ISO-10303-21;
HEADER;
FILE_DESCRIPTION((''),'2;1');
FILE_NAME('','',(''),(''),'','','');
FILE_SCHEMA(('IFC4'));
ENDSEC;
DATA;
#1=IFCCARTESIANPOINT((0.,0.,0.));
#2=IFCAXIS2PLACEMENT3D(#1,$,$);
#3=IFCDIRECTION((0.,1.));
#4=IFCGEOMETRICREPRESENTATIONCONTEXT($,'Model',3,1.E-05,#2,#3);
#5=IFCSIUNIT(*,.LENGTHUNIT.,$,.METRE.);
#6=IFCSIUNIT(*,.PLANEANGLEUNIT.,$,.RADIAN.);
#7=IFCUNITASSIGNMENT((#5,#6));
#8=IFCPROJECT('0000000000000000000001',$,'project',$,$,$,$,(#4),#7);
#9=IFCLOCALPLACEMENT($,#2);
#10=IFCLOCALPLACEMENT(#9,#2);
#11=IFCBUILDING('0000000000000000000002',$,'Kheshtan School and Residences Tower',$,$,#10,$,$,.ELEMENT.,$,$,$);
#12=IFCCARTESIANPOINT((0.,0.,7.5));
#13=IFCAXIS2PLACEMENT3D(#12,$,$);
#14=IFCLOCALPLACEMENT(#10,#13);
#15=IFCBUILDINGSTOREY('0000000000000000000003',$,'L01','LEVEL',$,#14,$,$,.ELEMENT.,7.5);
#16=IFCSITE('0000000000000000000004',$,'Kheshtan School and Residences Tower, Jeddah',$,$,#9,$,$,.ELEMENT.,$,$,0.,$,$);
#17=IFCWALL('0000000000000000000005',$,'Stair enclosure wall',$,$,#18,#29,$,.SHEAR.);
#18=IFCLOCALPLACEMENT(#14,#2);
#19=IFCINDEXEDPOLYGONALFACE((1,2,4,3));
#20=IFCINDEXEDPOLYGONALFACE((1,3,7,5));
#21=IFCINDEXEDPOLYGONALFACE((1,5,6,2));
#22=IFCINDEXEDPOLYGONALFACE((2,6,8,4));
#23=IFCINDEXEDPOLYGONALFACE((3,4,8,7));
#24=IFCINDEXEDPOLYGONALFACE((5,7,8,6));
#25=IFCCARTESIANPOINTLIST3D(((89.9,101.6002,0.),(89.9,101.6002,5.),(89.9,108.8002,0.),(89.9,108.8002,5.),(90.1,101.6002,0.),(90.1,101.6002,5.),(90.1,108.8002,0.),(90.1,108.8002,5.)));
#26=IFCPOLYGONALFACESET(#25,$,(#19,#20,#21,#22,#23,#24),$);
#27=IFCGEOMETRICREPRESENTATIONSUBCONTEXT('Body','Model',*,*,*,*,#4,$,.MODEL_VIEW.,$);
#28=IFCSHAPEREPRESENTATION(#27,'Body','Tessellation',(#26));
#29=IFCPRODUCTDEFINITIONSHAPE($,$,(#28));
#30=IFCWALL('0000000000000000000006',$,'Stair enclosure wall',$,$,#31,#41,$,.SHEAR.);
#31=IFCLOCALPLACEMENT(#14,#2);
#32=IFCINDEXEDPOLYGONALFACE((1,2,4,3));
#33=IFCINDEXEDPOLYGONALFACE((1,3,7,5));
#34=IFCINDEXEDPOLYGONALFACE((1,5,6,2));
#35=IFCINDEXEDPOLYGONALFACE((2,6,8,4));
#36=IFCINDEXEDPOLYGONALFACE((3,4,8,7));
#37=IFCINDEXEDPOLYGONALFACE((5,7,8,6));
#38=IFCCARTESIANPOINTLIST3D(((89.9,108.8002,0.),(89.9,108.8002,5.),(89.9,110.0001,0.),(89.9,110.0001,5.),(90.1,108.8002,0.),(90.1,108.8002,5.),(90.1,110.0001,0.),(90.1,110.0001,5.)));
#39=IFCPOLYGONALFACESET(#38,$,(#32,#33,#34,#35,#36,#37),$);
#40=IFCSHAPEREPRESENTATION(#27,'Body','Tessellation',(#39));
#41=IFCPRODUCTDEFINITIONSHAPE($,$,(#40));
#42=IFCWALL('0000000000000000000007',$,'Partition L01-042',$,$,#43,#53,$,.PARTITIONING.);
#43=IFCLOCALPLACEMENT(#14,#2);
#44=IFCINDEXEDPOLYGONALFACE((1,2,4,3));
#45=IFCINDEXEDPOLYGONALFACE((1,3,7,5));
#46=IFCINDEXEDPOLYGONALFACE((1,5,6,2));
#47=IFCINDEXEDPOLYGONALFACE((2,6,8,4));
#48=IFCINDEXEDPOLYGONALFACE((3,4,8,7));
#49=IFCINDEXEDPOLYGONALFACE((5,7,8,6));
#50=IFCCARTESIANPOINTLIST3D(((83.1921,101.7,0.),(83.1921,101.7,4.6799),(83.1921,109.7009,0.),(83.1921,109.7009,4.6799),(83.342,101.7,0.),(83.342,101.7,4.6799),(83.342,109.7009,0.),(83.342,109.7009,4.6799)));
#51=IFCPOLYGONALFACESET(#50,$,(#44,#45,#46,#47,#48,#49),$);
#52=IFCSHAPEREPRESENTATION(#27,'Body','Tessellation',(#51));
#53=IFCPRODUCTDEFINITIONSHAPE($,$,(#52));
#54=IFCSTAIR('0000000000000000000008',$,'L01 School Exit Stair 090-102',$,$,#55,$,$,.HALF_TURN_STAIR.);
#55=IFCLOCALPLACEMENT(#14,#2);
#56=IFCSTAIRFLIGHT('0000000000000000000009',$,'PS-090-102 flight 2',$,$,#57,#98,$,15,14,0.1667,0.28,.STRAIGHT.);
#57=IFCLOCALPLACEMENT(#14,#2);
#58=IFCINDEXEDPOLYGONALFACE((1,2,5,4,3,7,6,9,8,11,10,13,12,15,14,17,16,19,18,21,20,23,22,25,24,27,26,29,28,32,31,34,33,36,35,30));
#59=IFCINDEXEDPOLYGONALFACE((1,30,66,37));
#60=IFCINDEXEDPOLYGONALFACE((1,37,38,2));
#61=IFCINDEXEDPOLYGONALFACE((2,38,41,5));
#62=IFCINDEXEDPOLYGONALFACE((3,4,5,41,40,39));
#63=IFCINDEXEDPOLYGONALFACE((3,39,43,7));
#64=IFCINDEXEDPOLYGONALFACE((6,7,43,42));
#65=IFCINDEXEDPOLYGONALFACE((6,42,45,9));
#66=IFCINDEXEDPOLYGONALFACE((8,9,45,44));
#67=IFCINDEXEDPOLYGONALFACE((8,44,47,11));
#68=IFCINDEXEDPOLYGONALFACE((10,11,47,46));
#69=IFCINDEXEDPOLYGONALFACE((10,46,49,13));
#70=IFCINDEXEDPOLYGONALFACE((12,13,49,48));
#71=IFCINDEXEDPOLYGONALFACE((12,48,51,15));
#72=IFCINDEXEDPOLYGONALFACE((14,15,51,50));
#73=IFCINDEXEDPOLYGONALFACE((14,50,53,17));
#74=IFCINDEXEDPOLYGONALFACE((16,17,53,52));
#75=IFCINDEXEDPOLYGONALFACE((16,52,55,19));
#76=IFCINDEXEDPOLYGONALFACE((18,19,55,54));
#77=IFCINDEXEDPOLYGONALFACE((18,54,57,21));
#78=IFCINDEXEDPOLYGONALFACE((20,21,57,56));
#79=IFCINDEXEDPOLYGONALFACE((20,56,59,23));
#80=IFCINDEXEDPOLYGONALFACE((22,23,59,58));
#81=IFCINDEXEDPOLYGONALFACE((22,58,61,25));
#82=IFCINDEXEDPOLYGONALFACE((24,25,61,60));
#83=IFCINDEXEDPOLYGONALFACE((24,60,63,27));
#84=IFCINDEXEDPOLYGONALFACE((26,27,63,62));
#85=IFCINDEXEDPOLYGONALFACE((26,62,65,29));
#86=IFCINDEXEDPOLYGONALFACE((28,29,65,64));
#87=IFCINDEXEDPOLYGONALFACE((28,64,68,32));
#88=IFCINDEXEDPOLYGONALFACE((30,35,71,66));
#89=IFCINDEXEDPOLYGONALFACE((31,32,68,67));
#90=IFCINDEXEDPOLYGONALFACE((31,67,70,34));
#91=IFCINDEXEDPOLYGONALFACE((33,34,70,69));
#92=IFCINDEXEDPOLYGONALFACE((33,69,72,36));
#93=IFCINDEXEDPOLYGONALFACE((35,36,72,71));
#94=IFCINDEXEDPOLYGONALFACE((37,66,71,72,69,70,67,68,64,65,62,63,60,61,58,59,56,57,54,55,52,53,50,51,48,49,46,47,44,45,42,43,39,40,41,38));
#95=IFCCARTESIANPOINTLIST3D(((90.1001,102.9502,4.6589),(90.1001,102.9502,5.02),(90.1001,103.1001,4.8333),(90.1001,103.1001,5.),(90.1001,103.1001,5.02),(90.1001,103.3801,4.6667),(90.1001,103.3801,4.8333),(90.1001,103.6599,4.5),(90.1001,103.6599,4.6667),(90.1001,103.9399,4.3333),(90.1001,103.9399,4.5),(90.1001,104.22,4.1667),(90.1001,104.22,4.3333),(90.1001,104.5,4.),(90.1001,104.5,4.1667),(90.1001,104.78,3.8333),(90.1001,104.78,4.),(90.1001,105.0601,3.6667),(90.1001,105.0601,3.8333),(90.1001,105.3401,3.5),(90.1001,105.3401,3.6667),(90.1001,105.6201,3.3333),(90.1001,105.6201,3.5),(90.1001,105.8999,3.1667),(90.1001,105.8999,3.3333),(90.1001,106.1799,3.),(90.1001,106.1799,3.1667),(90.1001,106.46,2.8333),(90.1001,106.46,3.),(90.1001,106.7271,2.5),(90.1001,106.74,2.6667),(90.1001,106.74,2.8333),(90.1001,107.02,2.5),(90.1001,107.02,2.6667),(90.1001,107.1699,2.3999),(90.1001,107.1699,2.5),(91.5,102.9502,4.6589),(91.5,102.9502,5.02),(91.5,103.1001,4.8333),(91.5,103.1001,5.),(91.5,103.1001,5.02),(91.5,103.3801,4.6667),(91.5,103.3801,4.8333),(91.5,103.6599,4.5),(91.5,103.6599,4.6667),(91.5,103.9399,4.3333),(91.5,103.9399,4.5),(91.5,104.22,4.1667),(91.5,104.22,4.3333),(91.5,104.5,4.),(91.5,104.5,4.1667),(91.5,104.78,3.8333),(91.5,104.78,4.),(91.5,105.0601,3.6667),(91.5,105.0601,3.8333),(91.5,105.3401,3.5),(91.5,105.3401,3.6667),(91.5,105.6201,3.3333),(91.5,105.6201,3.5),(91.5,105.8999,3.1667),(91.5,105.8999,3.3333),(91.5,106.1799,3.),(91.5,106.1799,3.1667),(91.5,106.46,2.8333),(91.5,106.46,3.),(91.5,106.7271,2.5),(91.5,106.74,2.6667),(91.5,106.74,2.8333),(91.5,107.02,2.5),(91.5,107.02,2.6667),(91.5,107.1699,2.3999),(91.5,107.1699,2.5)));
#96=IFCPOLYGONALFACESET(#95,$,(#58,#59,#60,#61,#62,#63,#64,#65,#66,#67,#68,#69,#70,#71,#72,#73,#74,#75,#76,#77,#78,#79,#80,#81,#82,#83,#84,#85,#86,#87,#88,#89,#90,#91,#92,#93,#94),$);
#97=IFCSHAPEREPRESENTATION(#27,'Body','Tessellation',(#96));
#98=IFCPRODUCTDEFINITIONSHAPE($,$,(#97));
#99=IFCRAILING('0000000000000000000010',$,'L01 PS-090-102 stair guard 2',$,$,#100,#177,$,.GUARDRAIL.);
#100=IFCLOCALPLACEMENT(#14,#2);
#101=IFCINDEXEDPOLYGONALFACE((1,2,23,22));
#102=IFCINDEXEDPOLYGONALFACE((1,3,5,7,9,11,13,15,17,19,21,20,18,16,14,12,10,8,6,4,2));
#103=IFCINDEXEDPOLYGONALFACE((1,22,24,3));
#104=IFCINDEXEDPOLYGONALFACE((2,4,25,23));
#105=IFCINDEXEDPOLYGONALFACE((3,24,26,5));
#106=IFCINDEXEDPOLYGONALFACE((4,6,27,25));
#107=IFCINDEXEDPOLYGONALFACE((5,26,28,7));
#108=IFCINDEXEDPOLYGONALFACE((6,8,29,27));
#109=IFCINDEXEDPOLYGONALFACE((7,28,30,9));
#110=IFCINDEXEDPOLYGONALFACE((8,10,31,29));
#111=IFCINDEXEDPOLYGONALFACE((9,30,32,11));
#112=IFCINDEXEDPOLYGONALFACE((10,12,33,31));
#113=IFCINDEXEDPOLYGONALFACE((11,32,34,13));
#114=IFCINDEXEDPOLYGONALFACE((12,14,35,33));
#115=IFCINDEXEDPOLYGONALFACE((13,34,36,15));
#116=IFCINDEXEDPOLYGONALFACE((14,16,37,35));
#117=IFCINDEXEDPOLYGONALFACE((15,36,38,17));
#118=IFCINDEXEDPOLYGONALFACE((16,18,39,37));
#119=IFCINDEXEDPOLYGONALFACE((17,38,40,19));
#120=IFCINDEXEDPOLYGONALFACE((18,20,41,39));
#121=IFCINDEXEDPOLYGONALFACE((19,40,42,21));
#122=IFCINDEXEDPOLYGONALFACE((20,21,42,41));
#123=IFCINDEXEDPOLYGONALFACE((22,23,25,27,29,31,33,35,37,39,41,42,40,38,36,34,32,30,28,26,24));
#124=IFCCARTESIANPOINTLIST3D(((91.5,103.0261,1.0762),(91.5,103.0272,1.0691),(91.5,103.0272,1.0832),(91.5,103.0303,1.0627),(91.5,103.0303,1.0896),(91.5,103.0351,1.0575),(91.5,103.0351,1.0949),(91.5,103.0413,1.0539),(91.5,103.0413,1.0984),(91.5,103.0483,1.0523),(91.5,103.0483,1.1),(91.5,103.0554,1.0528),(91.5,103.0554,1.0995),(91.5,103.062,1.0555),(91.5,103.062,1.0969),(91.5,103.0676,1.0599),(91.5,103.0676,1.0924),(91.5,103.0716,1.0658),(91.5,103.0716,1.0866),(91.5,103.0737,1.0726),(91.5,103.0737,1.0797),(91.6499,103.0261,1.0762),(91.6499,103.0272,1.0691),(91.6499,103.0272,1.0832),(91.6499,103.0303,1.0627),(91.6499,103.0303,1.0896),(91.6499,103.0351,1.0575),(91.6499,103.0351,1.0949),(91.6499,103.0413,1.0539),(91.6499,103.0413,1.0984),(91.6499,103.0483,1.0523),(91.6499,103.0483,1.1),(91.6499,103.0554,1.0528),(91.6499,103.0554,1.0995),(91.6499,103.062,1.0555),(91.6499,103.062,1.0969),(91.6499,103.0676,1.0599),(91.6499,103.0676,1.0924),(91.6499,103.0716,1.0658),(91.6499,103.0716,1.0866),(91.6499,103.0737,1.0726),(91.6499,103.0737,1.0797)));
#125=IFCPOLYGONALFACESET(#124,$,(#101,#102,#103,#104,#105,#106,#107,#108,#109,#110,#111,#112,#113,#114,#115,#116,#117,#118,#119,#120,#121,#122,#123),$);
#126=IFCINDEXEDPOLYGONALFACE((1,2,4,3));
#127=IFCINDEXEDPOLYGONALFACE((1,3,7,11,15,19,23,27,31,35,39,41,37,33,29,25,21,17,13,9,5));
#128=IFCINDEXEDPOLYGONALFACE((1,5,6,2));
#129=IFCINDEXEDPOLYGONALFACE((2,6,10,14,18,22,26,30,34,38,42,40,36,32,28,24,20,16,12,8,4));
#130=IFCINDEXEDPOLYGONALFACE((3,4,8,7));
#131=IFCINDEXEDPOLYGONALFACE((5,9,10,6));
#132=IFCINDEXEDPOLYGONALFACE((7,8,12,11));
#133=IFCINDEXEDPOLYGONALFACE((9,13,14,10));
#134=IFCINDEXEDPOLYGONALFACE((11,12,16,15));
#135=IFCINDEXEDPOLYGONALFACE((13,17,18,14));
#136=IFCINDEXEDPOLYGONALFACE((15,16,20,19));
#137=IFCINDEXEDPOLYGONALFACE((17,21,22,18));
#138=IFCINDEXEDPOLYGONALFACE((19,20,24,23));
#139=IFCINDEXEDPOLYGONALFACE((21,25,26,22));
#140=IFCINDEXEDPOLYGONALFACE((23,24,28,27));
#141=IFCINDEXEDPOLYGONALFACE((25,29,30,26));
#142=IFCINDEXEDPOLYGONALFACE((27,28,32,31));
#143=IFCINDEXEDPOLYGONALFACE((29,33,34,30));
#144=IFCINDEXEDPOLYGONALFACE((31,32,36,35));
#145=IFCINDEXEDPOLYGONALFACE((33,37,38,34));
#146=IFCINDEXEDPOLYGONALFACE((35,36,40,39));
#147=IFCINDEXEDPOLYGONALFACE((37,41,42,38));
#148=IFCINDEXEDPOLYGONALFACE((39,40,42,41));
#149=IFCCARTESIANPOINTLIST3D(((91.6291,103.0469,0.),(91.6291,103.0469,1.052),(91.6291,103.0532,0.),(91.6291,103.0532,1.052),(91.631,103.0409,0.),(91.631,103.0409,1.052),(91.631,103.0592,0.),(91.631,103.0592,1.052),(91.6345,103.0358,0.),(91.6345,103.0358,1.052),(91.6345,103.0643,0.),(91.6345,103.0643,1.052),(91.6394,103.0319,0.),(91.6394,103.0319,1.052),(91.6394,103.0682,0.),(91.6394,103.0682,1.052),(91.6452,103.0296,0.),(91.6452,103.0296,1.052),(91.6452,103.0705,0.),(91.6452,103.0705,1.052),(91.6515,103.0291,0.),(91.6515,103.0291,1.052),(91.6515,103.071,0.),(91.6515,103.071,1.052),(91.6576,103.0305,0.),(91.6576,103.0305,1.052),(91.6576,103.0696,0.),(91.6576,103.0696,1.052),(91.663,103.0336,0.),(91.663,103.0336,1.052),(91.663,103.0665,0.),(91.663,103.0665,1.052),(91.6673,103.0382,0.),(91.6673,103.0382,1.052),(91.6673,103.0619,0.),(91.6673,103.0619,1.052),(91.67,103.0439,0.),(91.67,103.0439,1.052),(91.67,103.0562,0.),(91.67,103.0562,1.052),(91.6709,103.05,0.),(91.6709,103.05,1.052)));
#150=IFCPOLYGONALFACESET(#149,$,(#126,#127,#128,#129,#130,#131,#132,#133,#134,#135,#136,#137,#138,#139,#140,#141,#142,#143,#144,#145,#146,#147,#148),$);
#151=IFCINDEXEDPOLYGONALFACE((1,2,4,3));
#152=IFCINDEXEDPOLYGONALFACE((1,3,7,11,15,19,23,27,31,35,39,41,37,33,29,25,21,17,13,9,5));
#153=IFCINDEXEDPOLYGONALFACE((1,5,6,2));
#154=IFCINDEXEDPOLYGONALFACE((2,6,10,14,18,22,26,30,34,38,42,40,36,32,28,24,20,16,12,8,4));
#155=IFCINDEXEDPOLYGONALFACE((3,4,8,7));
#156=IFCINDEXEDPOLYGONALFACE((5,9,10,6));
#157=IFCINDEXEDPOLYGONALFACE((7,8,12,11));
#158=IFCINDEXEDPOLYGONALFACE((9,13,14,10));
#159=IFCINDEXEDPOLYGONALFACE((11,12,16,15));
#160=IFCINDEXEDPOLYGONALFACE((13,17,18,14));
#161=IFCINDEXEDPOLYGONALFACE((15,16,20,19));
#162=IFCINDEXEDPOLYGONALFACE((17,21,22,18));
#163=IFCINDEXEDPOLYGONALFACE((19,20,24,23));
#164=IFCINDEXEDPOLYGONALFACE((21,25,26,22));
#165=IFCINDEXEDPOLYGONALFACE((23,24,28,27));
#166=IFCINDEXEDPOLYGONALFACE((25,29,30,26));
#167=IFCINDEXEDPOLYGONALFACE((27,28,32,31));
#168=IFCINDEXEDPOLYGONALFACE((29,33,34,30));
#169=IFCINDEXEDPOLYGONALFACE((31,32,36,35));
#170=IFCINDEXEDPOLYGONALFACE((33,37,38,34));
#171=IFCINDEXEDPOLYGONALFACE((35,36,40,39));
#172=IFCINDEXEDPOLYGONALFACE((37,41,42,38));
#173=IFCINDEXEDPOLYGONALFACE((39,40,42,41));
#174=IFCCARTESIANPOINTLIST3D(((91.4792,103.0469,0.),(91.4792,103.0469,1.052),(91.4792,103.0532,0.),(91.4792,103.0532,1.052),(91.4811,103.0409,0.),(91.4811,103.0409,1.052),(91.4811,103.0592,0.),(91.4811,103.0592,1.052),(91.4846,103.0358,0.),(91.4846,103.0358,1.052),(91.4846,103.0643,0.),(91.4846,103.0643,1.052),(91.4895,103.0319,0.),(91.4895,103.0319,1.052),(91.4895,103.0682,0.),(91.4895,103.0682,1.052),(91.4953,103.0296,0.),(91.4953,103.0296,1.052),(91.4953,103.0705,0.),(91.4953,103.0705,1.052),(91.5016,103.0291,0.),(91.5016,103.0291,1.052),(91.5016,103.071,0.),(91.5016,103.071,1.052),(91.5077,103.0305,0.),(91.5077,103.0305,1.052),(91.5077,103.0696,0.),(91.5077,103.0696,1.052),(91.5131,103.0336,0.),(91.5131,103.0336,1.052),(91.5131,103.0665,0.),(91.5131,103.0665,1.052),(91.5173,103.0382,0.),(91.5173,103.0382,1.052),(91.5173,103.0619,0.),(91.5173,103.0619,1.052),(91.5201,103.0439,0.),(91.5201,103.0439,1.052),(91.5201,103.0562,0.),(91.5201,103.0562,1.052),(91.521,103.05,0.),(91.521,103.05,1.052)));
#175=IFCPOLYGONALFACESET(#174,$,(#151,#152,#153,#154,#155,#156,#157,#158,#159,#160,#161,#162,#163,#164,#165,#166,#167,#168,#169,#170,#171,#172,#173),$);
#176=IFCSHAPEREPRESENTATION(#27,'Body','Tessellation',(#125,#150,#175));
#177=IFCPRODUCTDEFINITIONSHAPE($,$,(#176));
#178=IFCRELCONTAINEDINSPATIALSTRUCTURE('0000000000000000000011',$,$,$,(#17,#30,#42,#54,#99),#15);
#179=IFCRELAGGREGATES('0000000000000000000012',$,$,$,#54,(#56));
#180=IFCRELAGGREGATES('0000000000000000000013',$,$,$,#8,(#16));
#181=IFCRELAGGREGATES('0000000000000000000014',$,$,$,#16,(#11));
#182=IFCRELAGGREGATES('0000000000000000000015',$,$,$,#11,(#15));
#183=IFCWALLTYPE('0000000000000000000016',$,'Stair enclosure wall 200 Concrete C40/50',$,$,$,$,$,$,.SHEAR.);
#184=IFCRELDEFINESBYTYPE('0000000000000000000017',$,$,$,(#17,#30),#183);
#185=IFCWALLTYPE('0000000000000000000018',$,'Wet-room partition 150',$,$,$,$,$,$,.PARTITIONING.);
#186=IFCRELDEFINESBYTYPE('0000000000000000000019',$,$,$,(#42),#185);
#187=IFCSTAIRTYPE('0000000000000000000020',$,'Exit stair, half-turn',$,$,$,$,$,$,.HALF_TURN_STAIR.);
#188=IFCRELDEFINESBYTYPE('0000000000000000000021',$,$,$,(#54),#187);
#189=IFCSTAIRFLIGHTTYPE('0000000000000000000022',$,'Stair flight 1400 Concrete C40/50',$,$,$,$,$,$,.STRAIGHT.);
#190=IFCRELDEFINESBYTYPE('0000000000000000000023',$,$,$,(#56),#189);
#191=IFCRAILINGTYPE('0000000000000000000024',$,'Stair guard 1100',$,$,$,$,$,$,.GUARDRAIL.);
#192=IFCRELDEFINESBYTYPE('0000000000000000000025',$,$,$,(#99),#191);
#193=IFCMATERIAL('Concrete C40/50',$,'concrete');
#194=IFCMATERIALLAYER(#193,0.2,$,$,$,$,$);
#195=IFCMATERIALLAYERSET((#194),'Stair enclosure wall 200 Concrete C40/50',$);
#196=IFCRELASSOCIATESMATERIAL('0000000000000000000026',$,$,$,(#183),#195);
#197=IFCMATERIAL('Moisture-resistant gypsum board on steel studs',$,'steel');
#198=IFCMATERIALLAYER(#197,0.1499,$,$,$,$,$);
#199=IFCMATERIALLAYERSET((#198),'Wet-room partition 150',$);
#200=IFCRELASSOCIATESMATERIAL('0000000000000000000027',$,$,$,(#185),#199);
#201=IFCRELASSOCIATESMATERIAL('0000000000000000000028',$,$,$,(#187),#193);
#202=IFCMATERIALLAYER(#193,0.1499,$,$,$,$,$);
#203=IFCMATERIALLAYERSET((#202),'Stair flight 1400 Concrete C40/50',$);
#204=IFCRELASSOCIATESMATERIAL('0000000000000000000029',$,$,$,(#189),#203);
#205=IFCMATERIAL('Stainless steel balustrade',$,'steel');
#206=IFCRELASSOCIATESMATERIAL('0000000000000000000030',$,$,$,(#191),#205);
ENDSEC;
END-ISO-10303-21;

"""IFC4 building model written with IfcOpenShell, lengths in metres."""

from ifc_helpers import new_model, si_unit, direction, frame, frame_2d, origin, origin_2d, place, context, subcontext, project, spatial, polyline, rectangle, circle, outline, extrude, material, layer, layer_set, type_object, element, aggregate, save


model = new_model("IFC4")

# Units and contexts
model_context = context("Model", 3, precision=1e-05, world=origin(), true_north=direction((0.0, 1.0)))
body_context = subcontext(model_context, "Body", "Model", "MODEL_VIEW")
ifc_project = project(units=[si_unit("LENGTHUNIT", "METRE"), si_unit("PLANEANGLEUNIT", "RADIAN")], contexts=[model_context])

# Site, building, storey
site_placement = place(None, origin())
site = spatial("IfcSite", under=ifc_project, at=site_placement, Name="Kheshtan School and Residences Tower, Jeddah", CompositionType="ELEMENT", RefElevation=0.0)
building_placement = place(site_placement, origin())
building = spatial("IfcBuilding", under=site, at=building_placement, Name="Kheshtan School and Residences Tower", CompositionType="ELEMENT")
storey_placement = place(building_placement, frame((0.0, 0.0, 7.5)))
storey = spatial("IfcBuildingStorey", under=building, at=storey_placement, Name="L01", Description="LEVEL", CompositionType="ELEMENT", Elevation=7.5)

# Shared definitions
ifc_material_1 = material(Name="Concrete C40/50", Category="concrete")
ifc_layer_1 = layer(ifc_material_1, 0.2)
ifc_layer_set_1 = layer_set([ifc_layer_1], Name="Stair enclosure wall 200 Concrete C40/50")
wall_type_1 = type_object("IfcWallType", Name="Stair enclosure wall 200 Concrete C40/50", PredefinedType="SHEAR", material=ifc_layer_set_1)

# Walls
wall_1_placement = place(storey_placement, frame((90.0, 101.6001, 0.0), z_axis=(0.0, 0.0, 1.0), x_axis=(0.0, 1.0, 0.0)))
element("IfcWall", 1, at=wall_1_placement, inside=storey, type_object=wall_type_1, Name="Stair enclosure wall", PredefinedType="SHEAR", context=body_context, shape_type="SweptSolid", body=[
    extrude(rectangle(XDim=7.2, YDim=0.2, at=frame_2d((3.6001, 0.0))), origin(), (0.0, 0.0, 1.0), 5.0),
])
wall_2_placement = place(storey_placement, frame((90.0, 108.8, 0.0), z_axis=(0.0, 0.0, 1.0), x_axis=(0.0, 1.0, 0.0)))
element("IfcWall", 2, at=wall_2_placement, inside=storey, type_object=wall_type_1, Name="Stair enclosure wall", PredefinedType="SHEAR", context=body_context, shape_type="SweptSolid", body=[
    extrude(rectangle(XDim=1.2, YDim=0.2, at=frame_2d((0.6001, 0.0))), origin(), (0.0, 0.0, 1.0), 5.0),
])
ifc_material_2 = material(Name="Moisture-resistant gypsum board on steel studs", Category="steel")
ifc_layer_2 = layer(ifc_material_2, 0.1499)
ifc_layer_set_2 = layer_set([ifc_layer_2], Name="Wet-room partition 150")
wall_type_2 = type_object("IfcWallType", Name="Wet-room partition 150", PredefinedType="PARTITIONING", material=ifc_layer_set_2)
wall_3_placement = place(storey_placement, frame((83.2671, 101.7, 0.0), z_axis=(0.0, 0.0, 1.0), x_axis=(0.0, 1.0, 0.0)))
element("IfcWall", 3, at=wall_3_placement, inside=storey, type_object=wall_type_2, Name="Partition L01-042", PredefinedType="PARTITIONING", context=body_context, shape_type="SweptSolid", body=[
    extrude(rectangle(XDim=8.001, YDim=0.1499, at=frame_2d((4.0005, 0.0))), origin(), (0.0, 0.0, 1.0), 4.6799),
])

# Stair, stair flight
stair_type = type_object("IfcStairType", Name="Exit stair, half-turn", PredefinedType="HALF_TURN_STAIR", material=ifc_material_1)
stair_placement = place(storey_placement, origin())
stair = element("IfcStair", 4, at=stair_placement, inside=storey, type_object=stair_type, Name="L01 School Exit Stair 090-102", PredefinedType="HALF_TURN_STAIR")
ifc_layer_3 = layer(ifc_material_1, 0.1499)
ifc_layer_set_3 = layer_set([ifc_layer_3], Name="Stair flight 1400 Concrete C40/50")
stair_flight_type = type_object("IfcStairFlightType", Name="Stair flight 1400 Concrete C40/50", PredefinedType="STRAIGHT", material=ifc_layer_set_3)
stair_flight_placement = place(storey_placement, frame((90.8, 107.02, 2.5), z_axis=(0.0, 0.0, 1.0), x_axis=(0.0, -1.0, 0.0)))
stair_flight = element("IfcStairFlight", 5, at=stair_flight_placement, type_object=stair_flight_type, Name="PS-090-102 flight 2", NumberOfRisers=15, NumberOfTreads=14, PredefinedType="STRAIGHT", RiserHeight=0.1667, TreadLength=0.28, context=body_context, shape_type="SweptSolid", body=[
    extrude(outline(polyline([(-0.1499, -0.1001), (-0.1499, 0.0), (0.0, 0.0), (0.0, 0.1667), (0.28, 0.1667), (0.28, 0.3333), (0.5601, 0.3333), (0.5601, 0.5), (0.8401, 0.5), (0.8401, 0.6667), (1.1201, 0.6667), (1.1201, 0.8333), (1.3999, 0.8333), (1.3999, 1.0), (1.6799, 1.0), (1.6799, 1.1667), (1.96, 1.1667), (1.96, 1.3333), (2.24, 1.3333), (2.24, 1.5), (2.52, 1.5), (2.52, 1.6667), (2.8, 1.6667), (2.8, 1.8333), (3.0801, 1.8333), (3.0801, 2.0), (3.3601, 2.0), (3.3601, 2.1667), (3.6399, 2.1667), (3.6399, 2.3333), (3.9199, 2.3333), (3.9199, 2.5), (3.9199, 2.52), (4.0698, 2.52), (4.0698, 2.1589), (0.293, 0.0), (-0.1499, -0.1001)])), frame((0.0, 0.7, 0.0), z_axis=(0.0, -1.0, 0.0), x_axis=(1.0, 0.0, 0.0)), (0.0, 0.0, 1.0), 1.3999),
])
aggregate(stair, [stair_flight])

# Railing
ifc_material_3 = material(Name="Stainless steel balustrade", Category="steel")
railing_type_1 = type_object("IfcRailingType", Name="Stair guard 1100", PredefinedType="GUARDRAIL", material=ifc_material_3)
railing_1_placement = place(storey_placement, frame((91.6499, 103.05, 0.0)))
element("IfcRailing", 6, at=railing_1_placement, inside=storey, type_object=railing_type_1, Name="L01 PS-090-102 stair guard 2", PredefinedType="GUARDRAIL", context=body_context, shape_type="SweptSolid", body=[
    extrude(circle(Radius=0.0239, at=origin_2d()), frame((0.0, 0.0, 1.0762), z_axis=(-1.0, 0.0, 0.0), x_axis=(0.0, -1.0, 0.0)), (0.0, 0.0, 1.0), 0.1499),
    extrude(circle(Radius=0.021, at=origin_2d()), origin(), (0.0, 0.0, 1.0), 1.052),
    extrude(circle(Radius=0.021, at=origin_2d()), frame((-0.1499, 0.0, 0.0)), (0.0, 0.0, 1.0), 1.052),
])

save(model, "model.ifc")
